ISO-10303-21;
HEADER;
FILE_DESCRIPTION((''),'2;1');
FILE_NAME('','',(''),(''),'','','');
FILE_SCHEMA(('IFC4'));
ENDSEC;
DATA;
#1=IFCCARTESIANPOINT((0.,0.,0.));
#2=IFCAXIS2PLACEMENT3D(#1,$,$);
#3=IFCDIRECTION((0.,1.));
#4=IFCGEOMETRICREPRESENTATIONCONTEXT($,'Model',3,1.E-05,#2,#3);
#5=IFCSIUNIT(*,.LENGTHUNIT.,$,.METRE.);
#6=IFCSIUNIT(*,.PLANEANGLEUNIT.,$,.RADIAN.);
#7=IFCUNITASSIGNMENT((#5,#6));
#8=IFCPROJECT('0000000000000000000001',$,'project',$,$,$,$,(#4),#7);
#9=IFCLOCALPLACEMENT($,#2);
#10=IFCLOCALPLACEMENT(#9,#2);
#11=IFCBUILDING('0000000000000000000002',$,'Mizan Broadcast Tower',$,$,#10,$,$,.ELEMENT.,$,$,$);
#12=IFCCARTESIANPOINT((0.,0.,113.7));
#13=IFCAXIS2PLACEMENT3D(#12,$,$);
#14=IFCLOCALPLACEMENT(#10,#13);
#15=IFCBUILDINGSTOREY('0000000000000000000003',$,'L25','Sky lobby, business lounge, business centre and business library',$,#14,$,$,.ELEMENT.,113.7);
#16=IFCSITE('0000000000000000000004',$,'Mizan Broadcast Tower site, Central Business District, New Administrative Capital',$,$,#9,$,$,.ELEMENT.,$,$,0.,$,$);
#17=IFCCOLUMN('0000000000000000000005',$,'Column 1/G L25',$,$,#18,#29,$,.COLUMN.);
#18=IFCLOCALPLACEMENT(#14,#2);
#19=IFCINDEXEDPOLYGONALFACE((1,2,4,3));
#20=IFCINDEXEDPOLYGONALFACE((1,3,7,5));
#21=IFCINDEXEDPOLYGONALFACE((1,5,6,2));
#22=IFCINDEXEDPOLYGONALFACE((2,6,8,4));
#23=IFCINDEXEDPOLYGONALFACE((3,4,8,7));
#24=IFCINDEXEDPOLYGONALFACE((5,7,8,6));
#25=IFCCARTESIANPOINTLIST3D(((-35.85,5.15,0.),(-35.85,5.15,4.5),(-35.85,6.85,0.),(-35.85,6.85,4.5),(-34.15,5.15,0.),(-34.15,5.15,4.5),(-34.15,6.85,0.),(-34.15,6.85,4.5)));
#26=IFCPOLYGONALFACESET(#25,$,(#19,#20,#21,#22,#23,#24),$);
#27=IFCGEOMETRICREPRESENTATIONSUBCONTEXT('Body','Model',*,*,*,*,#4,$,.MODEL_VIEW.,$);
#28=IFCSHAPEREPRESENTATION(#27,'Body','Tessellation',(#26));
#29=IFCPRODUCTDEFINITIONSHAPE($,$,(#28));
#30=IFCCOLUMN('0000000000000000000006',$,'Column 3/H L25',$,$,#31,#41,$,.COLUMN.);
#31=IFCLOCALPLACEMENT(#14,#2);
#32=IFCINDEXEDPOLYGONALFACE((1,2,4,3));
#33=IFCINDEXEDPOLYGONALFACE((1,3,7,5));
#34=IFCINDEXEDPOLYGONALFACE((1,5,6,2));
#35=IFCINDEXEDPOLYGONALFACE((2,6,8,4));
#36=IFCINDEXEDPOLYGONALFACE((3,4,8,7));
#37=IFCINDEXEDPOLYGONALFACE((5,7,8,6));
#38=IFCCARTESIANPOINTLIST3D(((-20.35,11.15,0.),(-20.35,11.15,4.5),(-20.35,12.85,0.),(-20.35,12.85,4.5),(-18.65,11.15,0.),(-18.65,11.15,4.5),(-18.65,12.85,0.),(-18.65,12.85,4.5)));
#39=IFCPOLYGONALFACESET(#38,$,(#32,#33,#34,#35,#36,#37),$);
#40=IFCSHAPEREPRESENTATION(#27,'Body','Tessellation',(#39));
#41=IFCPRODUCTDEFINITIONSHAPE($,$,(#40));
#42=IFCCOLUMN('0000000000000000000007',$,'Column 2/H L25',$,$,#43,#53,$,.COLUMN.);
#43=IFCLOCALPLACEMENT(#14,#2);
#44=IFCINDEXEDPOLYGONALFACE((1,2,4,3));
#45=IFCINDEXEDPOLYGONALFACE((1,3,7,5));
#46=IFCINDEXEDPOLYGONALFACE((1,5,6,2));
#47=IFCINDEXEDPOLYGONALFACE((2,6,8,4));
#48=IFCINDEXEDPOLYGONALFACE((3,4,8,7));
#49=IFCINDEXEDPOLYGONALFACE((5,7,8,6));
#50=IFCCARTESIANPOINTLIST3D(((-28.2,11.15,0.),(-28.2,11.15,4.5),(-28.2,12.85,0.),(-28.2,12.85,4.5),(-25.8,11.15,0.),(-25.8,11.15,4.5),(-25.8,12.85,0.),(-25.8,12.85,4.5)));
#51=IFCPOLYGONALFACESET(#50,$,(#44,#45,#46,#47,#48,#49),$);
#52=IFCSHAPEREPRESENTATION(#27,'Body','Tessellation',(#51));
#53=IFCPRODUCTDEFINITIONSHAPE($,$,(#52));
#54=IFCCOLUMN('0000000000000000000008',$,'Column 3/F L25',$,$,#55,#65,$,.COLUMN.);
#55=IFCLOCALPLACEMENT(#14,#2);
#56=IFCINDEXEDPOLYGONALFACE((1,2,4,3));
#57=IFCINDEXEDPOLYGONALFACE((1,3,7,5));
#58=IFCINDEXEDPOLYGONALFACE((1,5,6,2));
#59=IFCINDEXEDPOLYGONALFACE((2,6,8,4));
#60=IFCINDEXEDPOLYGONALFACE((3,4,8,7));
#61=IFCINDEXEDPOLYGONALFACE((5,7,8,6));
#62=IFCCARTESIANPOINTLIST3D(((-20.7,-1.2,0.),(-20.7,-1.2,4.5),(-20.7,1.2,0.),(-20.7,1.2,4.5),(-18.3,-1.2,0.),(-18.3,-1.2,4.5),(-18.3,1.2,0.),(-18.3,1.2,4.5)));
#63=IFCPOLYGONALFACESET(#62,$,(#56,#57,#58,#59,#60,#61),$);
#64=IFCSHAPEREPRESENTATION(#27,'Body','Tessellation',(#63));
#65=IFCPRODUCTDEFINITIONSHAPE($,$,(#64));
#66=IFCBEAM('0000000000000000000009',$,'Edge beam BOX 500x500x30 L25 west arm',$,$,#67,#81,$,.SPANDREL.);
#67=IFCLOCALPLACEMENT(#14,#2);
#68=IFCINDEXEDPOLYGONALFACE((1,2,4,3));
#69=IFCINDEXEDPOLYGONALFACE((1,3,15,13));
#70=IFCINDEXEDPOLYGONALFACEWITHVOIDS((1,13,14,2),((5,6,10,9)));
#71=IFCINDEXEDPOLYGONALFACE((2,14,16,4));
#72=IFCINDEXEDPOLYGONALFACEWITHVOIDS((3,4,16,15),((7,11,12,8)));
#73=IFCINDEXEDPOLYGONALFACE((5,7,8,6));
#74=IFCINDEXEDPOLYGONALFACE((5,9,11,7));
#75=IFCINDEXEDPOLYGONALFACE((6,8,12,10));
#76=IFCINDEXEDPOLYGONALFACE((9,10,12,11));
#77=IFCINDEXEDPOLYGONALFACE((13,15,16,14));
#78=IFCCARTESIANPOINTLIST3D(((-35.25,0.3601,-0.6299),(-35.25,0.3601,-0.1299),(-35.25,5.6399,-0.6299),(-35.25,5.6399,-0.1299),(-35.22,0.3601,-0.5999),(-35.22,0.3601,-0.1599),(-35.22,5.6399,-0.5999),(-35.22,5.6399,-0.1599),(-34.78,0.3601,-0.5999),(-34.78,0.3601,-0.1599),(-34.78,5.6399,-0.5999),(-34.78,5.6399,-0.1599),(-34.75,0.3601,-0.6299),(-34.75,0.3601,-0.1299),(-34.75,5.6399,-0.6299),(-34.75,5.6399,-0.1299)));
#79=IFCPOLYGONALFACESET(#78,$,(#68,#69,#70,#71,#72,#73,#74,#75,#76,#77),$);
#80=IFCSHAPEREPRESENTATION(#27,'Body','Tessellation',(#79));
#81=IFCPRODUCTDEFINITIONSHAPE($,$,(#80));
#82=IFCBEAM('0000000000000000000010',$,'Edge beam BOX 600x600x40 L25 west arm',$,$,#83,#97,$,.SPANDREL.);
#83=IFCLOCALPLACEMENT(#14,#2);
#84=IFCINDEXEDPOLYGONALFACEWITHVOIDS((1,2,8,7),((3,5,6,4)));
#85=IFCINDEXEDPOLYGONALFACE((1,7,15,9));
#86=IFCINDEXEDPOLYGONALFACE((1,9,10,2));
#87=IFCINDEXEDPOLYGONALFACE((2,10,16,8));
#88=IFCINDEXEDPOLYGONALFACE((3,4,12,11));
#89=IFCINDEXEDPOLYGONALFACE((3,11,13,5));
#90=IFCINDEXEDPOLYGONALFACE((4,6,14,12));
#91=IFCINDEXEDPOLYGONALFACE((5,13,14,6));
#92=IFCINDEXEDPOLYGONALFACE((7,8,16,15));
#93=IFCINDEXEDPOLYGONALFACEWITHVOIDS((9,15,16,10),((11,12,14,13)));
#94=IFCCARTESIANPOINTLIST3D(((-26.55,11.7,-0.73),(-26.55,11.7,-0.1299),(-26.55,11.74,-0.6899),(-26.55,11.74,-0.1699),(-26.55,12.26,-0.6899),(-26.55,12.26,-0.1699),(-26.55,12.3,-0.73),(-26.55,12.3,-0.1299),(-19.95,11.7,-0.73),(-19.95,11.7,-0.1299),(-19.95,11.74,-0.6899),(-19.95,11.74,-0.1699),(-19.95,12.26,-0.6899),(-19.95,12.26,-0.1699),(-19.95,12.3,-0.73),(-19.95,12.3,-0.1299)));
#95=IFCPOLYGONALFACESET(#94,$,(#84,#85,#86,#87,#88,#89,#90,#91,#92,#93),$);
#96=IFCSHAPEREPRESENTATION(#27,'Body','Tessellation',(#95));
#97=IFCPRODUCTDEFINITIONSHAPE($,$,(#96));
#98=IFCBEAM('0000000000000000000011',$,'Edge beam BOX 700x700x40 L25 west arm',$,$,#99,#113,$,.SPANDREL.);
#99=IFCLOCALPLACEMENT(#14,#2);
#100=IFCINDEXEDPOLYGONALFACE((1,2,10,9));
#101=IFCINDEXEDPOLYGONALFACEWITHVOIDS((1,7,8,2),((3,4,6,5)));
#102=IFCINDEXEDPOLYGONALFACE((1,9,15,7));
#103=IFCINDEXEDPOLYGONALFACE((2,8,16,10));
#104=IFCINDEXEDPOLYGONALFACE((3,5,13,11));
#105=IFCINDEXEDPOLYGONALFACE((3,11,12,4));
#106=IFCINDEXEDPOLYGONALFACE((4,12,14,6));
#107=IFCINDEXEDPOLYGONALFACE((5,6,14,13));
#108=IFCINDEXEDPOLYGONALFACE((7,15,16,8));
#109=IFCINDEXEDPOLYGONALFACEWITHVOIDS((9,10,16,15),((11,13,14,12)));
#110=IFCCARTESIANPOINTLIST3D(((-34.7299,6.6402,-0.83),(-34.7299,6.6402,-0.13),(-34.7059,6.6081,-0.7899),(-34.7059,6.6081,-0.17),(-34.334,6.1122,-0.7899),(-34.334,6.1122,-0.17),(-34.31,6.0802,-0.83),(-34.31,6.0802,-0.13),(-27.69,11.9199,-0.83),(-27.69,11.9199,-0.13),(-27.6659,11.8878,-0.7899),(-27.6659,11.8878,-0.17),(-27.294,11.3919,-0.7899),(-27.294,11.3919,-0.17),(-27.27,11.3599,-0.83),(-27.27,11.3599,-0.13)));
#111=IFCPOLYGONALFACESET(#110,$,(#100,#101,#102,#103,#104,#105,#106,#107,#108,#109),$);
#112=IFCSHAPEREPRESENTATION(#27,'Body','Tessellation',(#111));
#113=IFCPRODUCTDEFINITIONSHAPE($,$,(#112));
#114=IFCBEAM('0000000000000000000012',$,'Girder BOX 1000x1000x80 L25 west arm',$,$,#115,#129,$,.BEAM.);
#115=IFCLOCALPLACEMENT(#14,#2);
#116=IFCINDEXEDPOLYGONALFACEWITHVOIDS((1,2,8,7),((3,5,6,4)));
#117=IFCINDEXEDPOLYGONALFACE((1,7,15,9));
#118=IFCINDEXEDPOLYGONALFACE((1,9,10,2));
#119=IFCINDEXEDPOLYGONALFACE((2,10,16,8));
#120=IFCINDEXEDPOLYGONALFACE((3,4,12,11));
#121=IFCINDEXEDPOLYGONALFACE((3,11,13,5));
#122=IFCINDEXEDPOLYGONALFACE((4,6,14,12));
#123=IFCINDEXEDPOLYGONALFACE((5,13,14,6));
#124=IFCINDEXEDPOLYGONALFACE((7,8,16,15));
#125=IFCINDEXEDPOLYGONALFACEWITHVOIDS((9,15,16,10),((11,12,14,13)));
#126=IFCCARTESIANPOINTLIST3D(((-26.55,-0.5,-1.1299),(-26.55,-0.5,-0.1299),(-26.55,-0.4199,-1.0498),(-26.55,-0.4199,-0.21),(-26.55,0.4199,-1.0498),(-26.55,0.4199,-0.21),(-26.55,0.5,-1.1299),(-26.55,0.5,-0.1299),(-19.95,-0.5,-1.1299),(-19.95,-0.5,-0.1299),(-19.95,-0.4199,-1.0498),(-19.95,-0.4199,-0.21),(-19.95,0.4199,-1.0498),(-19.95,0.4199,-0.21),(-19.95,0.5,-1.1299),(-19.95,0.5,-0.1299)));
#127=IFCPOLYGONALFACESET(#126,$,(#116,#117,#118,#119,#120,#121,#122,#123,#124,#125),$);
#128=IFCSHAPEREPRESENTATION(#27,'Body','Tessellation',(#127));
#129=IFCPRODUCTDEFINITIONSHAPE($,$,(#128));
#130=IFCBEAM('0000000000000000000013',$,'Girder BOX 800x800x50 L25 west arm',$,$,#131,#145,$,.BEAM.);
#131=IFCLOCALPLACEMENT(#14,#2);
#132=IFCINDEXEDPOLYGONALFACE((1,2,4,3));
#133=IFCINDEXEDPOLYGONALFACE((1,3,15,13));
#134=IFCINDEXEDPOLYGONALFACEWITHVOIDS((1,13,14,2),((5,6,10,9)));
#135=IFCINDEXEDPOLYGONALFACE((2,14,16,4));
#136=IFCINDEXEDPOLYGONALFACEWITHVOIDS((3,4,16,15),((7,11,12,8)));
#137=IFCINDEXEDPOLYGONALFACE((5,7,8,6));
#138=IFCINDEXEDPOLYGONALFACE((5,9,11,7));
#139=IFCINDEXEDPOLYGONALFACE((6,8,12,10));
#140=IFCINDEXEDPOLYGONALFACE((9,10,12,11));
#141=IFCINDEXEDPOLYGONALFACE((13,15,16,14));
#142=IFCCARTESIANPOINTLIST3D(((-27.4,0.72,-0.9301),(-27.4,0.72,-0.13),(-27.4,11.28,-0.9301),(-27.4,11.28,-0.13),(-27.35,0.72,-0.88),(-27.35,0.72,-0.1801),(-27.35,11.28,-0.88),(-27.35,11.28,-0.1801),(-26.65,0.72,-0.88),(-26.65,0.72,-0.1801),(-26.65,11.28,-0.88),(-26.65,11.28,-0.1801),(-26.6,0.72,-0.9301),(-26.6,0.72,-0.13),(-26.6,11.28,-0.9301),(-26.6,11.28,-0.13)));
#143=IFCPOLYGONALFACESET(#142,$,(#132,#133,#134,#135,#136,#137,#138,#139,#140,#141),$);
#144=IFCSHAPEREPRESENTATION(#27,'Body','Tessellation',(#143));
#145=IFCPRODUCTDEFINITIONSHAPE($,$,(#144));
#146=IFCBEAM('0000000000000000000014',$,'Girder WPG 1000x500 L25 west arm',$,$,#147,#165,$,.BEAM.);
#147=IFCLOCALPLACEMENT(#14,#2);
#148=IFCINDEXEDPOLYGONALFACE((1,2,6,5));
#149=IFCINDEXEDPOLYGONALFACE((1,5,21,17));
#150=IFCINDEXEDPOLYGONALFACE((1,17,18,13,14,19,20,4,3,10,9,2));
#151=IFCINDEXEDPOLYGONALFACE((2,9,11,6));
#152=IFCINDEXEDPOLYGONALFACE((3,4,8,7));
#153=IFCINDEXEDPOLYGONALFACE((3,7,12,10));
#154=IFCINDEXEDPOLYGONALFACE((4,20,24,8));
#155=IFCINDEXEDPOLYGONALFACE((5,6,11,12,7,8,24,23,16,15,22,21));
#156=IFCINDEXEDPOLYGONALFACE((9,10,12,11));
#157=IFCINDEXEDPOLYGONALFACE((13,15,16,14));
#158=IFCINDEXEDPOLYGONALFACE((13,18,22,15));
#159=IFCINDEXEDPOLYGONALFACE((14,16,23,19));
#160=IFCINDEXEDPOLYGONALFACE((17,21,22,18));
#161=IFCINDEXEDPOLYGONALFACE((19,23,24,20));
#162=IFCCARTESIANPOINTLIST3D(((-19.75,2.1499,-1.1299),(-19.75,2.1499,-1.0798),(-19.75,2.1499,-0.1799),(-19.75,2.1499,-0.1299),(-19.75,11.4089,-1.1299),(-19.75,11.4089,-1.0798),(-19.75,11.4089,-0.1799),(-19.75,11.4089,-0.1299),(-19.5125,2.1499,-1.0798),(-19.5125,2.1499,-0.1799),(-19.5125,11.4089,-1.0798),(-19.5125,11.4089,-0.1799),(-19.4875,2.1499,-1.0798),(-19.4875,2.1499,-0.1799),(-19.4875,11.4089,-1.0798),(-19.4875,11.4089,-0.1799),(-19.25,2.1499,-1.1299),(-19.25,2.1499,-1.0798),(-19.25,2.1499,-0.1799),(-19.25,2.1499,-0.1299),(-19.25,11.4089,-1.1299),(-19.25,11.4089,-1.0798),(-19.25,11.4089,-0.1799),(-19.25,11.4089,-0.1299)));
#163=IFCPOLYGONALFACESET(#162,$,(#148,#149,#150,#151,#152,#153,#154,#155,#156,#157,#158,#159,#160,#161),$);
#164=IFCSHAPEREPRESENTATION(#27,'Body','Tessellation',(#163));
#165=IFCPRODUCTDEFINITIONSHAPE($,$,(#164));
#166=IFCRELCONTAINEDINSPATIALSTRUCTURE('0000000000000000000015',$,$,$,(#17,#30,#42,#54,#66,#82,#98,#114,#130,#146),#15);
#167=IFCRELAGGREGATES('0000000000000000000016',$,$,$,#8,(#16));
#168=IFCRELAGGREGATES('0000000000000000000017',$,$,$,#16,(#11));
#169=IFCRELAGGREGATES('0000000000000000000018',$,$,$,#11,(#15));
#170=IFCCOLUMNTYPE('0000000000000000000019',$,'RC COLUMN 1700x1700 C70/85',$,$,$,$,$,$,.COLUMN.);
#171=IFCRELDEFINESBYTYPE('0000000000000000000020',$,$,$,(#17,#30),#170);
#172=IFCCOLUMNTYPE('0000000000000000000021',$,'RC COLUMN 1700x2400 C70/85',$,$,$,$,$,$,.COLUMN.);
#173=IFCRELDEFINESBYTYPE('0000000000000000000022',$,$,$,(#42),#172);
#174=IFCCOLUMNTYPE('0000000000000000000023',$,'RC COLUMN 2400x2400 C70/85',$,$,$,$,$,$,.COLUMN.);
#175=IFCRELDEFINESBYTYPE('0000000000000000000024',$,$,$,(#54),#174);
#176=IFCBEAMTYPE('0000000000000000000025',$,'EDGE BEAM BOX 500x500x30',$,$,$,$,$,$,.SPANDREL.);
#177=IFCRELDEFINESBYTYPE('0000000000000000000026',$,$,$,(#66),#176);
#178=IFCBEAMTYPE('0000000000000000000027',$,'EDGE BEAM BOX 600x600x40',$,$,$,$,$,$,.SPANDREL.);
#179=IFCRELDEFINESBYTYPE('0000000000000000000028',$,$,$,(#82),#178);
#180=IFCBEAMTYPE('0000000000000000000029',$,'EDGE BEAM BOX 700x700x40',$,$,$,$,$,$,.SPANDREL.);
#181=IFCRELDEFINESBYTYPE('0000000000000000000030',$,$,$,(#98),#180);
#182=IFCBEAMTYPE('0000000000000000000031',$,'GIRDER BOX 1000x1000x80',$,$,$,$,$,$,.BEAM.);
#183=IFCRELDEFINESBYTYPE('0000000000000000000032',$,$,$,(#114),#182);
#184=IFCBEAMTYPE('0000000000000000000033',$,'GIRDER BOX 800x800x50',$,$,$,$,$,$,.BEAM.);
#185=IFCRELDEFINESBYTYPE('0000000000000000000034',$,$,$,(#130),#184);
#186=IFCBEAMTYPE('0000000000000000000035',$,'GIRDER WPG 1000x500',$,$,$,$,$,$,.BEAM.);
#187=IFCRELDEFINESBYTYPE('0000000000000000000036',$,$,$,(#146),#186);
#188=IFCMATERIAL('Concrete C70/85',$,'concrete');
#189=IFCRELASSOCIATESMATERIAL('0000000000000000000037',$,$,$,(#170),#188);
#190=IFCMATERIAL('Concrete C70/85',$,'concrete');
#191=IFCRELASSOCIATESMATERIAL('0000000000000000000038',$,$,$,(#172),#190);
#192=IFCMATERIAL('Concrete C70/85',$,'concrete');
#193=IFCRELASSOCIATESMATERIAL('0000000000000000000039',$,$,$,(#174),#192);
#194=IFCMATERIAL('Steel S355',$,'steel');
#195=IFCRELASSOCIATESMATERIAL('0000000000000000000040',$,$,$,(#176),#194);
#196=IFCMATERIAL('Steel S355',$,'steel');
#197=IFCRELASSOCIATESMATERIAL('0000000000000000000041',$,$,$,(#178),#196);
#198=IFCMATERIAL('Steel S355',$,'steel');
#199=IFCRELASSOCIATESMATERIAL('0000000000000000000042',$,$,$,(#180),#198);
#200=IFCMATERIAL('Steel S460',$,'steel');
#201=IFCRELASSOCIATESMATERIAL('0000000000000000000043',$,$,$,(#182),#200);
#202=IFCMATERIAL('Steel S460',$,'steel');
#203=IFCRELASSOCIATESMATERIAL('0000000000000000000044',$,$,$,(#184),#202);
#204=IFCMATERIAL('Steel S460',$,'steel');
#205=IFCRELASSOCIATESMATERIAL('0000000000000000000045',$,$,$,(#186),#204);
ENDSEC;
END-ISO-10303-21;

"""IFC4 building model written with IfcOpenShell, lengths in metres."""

from ifc_helpers import new_model, si_unit, direction, frame, origin, origin_2d, place, context, subcontext, project, spatial, rectangle, hollow_rectangle, i_section, extrude, material, material_profile, profile_set, type_object, element, save


model = new_model("IFC4")

# Units and contexts
model_context = context("Model", 3, precision=1e-05, world=origin(), true_north=direction((0.0, 1.0)))
body_context = subcontext(model_context, "Body", "Model", "MODEL_VIEW")
ifc_project = project(units=[si_unit("LENGTHUNIT", "METRE"), si_unit("PLANEANGLEUNIT", "RADIAN")], contexts=[model_context])

# Site, building, storey
site_placement = place(None, origin())
site = spatial("IfcSite", under=ifc_project, at=site_placement, Name="Mizan Broadcast Tower site, Central Business District, New Administrative Capital", CompositionType="ELEMENT", RefElevation=0.0)
building_placement = place(site_placement, origin())
building = spatial("IfcBuilding", under=site, at=building_placement, Name="Mizan Broadcast Tower", CompositionType="ELEMENT")
storey_placement = place(building_placement, frame((0.0, 0.0, 113.7)))
storey = spatial("IfcBuildingStorey", under=building, at=storey_placement, Name="L25", Description="Sky lobby, business lounge, business centre and business library", CompositionType="ELEMENT", Elevation=113.7)

# Columns
ifc_material_1 = material(Name="Concrete C70/85", Category="concrete")
ifc_material_profile_1 = material_profile(ifc_material_1, rectangle(XDim=1.7, YDim=1.7, at=origin_2d()), Name="RC 1700x1700")
ifc_profile_set_1 = profile_set([ifc_material_profile_1], Name="Concrete C70/85")
column_type_1 = type_object("IfcColumnType", Name="RC COLUMN 1700x1700 C70/85", PredefinedType="COLUMN", material=ifc_profile_set_1)
for number, where, z_axis, x_axis, name in (
    (1, (-35.0, 6.0, 0.0), (0.0, 0.0, 1.0), (1.0, 0.0, 0.0), "Column 1/G L25"),
    (2, (-19.5, 12.0, 0.0), (0.0, 0.0, 1.0), (1.0, 0.0, 0.0), "Column 3/H L25"),
):
    element("IfcColumn", number, at=place(storey_placement, frame(where, z_axis=z_axis, x_axis=x_axis)), inside=storey, type_object=column_type_1, Name=name, PredefinedType="COLUMN", context=body_context, shape_type="SweptSolid", body=[
        extrude(rectangle(XDim=1.7, YDim=1.7, at=origin_2d()), origin(), (0.0, 0.0, 1.0), 4.5),
    ])
ifc_material_2 = material(Name="Concrete C70/85", Category="concrete")
ifc_material_profile_2 = material_profile(ifc_material_2, rectangle(XDim=1.7, YDim=2.3999, at=origin_2d()), Name="RC 1700x2400")
ifc_profile_set_2 = profile_set([ifc_material_profile_2], Name="Concrete C70/85")
column_type_2 = type_object("IfcColumnType", Name="RC COLUMN 1700x2400 C70/85", PredefinedType="COLUMN", material=ifc_profile_set_2)
column_1_placement = place(storey_placement, frame((-27.0, 12.0, 0.0), z_axis=(0.0, 0.0, 1.0), x_axis=(0.0, 1.0, 0.0)))
element("IfcColumn", 3, at=column_1_placement, inside=storey, type_object=column_type_2, Name="Column 2/H L25", PredefinedType="COLUMN", context=body_context, shape_type="SweptSolid", body=[
    extrude(rectangle(XDim=1.7, YDim=2.3999, at=origin_2d()), origin(), (0.0, 0.0, 1.0), 4.5),
])
ifc_material_3 = material(Name="Concrete C70/85", Category="concrete")
ifc_material_profile_3 = material_profile(ifc_material_3, rectangle(XDim=2.3999, YDim=2.3999, at=origin_2d()), Name="RC 2400x2400")
ifc_profile_set_3 = profile_set([ifc_material_profile_3], Name="Concrete C70/85")
column_type_3 = type_object("IfcColumnType", Name="RC COLUMN 2400x2400 C70/85", PredefinedType="COLUMN", material=ifc_profile_set_3)
column_2_placement = place(storey_placement, frame((-19.5, 0.0, 0.0), z_axis=(0.0, 0.0, 1.0), x_axis=(1.0, 0.0, 0.0)))
element("IfcColumn", 4, at=column_2_placement, inside=storey, type_object=column_type_3, Name="Column 3/F L25", PredefinedType="COLUMN", context=body_context, shape_type="SweptSolid", body=[
    extrude(rectangle(XDim=2.3999, YDim=2.3999, at=origin_2d()), origin(), (0.0, 0.0, 1.0), 4.5),
])

# Beams
ifc_material_4 = material(Name="Steel S355", Category="steel")
ifc_material_profile_4 = material_profile(ifc_material_4, hollow_rectangle(XDim=0.5, YDim=0.5, WallThickness=0.03, at=origin_2d()), Name="BOX 500x500x30")
ifc_profile_set_4 = profile_set([ifc_material_profile_4], Name="Steel S355")
beam_type_1 = type_object("IfcBeamType", Name="EDGE BEAM BOX 500x500x30", PredefinedType="SPANDREL", material=ifc_profile_set_4)
beam_1_placement = place(storey_placement, frame((-35.0, 5.6399, -0.3799), z_axis=(0.0, -1.0, 0.0), x_axis=(1.0, 0.0, 0.0)))
element("IfcBeam", 5, at=beam_1_placement, inside=storey, type_object=beam_type_1, Name="Edge beam BOX 500x500x30 L25 west arm", PredefinedType="SPANDREL", context=body_context, shape_type="SweptSolid", body=[
    extrude(hollow_rectangle(XDim=0.5, YDim=0.5, WallThickness=0.03, at=origin_2d()), origin(), (0.0, 0.0, 1.0), 5.2798),
])
ifc_material_5 = material(Name="Steel S355", Category="steel")
ifc_material_profile_5 = material_profile(ifc_material_5, hollow_rectangle(XDim=0.6001, YDim=0.6001, WallThickness=0.04, at=origin_2d()), Name="BOX 600x600x40")
ifc_profile_set_5 = profile_set([ifc_material_profile_5], Name="Steel S355")
beam_type_2 = type_object("IfcBeamType", Name="EDGE BEAM BOX 600x600x40", PredefinedType="SPANDREL", material=ifc_profile_set_5)
beam_2_placement = place(storey_placement, frame((-19.95, 12.0, -0.4299), z_axis=(-1.0, 0.0, 0.0), x_axis=(0.0, -1.0, 0.0)))
element("IfcBeam", 6, at=beam_2_placement, inside=storey, type_object=beam_type_2, Name="Edge beam BOX 600x600x40 L25 west arm", PredefinedType="SPANDREL", context=body_context, shape_type="SweptSolid", body=[
    extrude(hollow_rectangle(XDim=0.6001, YDim=0.6001, WallThickness=0.04, at=origin_2d()), origin(), (0.0, 0.0, 1.0), 6.6001),
])
ifc_material_6 = material(Name="Steel S355", Category="steel")
ifc_material_profile_6 = material_profile(ifc_material_6, hollow_rectangle(XDim=0.7, YDim=0.7, WallThickness=0.04, at=origin_2d()), Name="BOX 700x700x40")
ifc_profile_set_6 = profile_set([ifc_material_profile_6], Name="Steel S355")
beam_type_3 = type_object("IfcBeamType", Name="EDGE BEAM BOX 700x700x40", PredefinedType="SPANDREL", material=ifc_profile_set_6)
beam_3_placement = place(storey_placement, frame((-27.48, 11.6399, -0.48), z_axis=(-0.800013, -0.599982, 0.0), x_axis=(0.599982, -0.800013, 0.0)))
element("IfcBeam", 7, at=beam_3_placement, inside=storey, type_object=beam_type_3, Name="Edge beam BOX 700x700x40 L25 west arm", PredefinedType="SPANDREL", context=body_context, shape_type="SweptSolid", body=[
    extrude(hollow_rectangle(XDim=0.7, YDim=0.7, WallThickness=0.04, at=origin_2d()), origin(), (0.0, 0.0, 1.0), 8.7998),
])
ifc_material_7 = material(Name="Steel S460", Category="steel")
ifc_material_profile_7 = material_profile(ifc_material_7, hollow_rectangle(XDim=1.0, YDim=1.0, WallThickness=0.0801, at=origin_2d()), Name="BOX 1000x1000x80")
ifc_profile_set_7 = profile_set([ifc_material_profile_7], Name="Steel S460")
beam_type_4 = type_object("IfcBeamType", Name="GIRDER BOX 1000x1000x80", PredefinedType="BEAM", material=ifc_profile_set_7)
beam_4_placement = place(storey_placement, frame((-19.95, 0.0, -0.6299), z_axis=(-1.0, 0.0, 0.0), x_axis=(0.0, -1.0, 0.0)))
element("IfcBeam", 8, at=beam_4_placement, inside=storey, type_object=beam_type_4, Name="Girder BOX 1000x1000x80 L25 west arm", PredefinedType="BEAM", context=body_context, shape_type="SweptSolid", body=[
    extrude(hollow_rectangle(XDim=1.0, YDim=1.0, WallThickness=0.0801, at=origin_2d()), origin(), (0.0, 0.0, 1.0), 6.6001),
])
ifc_material_8 = material(Name="Steel S460", Category="steel")
ifc_material_profile_8 = material_profile(ifc_material_8, hollow_rectangle(XDim=0.8, YDim=0.8, WallThickness=0.05, at=origin_2d()), Name="BOX 800x800x50")
ifc_profile_set_8 = profile_set([ifc_material_profile_8], Name="Steel S460")
beam_type_5 = type_object("IfcBeamType", Name="GIRDER BOX 800x800x50", PredefinedType="BEAM", material=ifc_profile_set_8)
beam_5_placement = place(storey_placement, frame((-27.0, 11.28, -0.53), z_axis=(0.0, -1.0, 0.0), x_axis=(1.0, 0.0, 0.0)))
element("IfcBeam", 9, at=beam_5_placement, inside=storey, type_object=beam_type_5, Name="Girder BOX 800x800x50 L25 west arm", PredefinedType="BEAM", context=body_context, shape_type="SweptSolid", body=[
    extrude(hollow_rectangle(XDim=0.8, YDim=0.8, WallThickness=0.05, at=origin_2d()), origin(), (0.0, 0.0, 1.0), 10.5601),
])
ifc_material_9 = material(Name="Steel S460", Category="steel")
ifc_material_profile_9 = material_profile(ifc_material_9, i_section(OverallWidth=0.5, OverallDepth=1.0, WebThickness=0.0249, FlangeThickness=0.05, at=origin_2d()), Name="WPG 1000x500")
ifc_profile_set_9 = profile_set([ifc_material_profile_9], Name="Steel S460")
beam_type_6 = type_object("IfcBeamType", Name="GIRDER WPG 1000x500", PredefinedType="BEAM", material=ifc_profile_set_9)
beam_6_placement = place(storey_placement, frame((-19.5, 11.4089, -0.6299), z_axis=(0.0, -1.0, 0.0), x_axis=(1.0, 0.0, 0.0)))
element("IfcBeam", 10, at=beam_6_placement, inside=storey, type_object=beam_type_6, Name="Girder WPG 1000x500 L25 west arm", PredefinedType="BEAM", context=body_context, shape_type="SweptSolid", body=[
    extrude(i_section(OverallWidth=0.5, OverallDepth=1.0, WebThickness=0.0249, FlangeThickness=0.05, at=origin_2d()), origin(), (0.0, 0.0, 1.0), 9.259),
])

save(model, "model.ifc")
